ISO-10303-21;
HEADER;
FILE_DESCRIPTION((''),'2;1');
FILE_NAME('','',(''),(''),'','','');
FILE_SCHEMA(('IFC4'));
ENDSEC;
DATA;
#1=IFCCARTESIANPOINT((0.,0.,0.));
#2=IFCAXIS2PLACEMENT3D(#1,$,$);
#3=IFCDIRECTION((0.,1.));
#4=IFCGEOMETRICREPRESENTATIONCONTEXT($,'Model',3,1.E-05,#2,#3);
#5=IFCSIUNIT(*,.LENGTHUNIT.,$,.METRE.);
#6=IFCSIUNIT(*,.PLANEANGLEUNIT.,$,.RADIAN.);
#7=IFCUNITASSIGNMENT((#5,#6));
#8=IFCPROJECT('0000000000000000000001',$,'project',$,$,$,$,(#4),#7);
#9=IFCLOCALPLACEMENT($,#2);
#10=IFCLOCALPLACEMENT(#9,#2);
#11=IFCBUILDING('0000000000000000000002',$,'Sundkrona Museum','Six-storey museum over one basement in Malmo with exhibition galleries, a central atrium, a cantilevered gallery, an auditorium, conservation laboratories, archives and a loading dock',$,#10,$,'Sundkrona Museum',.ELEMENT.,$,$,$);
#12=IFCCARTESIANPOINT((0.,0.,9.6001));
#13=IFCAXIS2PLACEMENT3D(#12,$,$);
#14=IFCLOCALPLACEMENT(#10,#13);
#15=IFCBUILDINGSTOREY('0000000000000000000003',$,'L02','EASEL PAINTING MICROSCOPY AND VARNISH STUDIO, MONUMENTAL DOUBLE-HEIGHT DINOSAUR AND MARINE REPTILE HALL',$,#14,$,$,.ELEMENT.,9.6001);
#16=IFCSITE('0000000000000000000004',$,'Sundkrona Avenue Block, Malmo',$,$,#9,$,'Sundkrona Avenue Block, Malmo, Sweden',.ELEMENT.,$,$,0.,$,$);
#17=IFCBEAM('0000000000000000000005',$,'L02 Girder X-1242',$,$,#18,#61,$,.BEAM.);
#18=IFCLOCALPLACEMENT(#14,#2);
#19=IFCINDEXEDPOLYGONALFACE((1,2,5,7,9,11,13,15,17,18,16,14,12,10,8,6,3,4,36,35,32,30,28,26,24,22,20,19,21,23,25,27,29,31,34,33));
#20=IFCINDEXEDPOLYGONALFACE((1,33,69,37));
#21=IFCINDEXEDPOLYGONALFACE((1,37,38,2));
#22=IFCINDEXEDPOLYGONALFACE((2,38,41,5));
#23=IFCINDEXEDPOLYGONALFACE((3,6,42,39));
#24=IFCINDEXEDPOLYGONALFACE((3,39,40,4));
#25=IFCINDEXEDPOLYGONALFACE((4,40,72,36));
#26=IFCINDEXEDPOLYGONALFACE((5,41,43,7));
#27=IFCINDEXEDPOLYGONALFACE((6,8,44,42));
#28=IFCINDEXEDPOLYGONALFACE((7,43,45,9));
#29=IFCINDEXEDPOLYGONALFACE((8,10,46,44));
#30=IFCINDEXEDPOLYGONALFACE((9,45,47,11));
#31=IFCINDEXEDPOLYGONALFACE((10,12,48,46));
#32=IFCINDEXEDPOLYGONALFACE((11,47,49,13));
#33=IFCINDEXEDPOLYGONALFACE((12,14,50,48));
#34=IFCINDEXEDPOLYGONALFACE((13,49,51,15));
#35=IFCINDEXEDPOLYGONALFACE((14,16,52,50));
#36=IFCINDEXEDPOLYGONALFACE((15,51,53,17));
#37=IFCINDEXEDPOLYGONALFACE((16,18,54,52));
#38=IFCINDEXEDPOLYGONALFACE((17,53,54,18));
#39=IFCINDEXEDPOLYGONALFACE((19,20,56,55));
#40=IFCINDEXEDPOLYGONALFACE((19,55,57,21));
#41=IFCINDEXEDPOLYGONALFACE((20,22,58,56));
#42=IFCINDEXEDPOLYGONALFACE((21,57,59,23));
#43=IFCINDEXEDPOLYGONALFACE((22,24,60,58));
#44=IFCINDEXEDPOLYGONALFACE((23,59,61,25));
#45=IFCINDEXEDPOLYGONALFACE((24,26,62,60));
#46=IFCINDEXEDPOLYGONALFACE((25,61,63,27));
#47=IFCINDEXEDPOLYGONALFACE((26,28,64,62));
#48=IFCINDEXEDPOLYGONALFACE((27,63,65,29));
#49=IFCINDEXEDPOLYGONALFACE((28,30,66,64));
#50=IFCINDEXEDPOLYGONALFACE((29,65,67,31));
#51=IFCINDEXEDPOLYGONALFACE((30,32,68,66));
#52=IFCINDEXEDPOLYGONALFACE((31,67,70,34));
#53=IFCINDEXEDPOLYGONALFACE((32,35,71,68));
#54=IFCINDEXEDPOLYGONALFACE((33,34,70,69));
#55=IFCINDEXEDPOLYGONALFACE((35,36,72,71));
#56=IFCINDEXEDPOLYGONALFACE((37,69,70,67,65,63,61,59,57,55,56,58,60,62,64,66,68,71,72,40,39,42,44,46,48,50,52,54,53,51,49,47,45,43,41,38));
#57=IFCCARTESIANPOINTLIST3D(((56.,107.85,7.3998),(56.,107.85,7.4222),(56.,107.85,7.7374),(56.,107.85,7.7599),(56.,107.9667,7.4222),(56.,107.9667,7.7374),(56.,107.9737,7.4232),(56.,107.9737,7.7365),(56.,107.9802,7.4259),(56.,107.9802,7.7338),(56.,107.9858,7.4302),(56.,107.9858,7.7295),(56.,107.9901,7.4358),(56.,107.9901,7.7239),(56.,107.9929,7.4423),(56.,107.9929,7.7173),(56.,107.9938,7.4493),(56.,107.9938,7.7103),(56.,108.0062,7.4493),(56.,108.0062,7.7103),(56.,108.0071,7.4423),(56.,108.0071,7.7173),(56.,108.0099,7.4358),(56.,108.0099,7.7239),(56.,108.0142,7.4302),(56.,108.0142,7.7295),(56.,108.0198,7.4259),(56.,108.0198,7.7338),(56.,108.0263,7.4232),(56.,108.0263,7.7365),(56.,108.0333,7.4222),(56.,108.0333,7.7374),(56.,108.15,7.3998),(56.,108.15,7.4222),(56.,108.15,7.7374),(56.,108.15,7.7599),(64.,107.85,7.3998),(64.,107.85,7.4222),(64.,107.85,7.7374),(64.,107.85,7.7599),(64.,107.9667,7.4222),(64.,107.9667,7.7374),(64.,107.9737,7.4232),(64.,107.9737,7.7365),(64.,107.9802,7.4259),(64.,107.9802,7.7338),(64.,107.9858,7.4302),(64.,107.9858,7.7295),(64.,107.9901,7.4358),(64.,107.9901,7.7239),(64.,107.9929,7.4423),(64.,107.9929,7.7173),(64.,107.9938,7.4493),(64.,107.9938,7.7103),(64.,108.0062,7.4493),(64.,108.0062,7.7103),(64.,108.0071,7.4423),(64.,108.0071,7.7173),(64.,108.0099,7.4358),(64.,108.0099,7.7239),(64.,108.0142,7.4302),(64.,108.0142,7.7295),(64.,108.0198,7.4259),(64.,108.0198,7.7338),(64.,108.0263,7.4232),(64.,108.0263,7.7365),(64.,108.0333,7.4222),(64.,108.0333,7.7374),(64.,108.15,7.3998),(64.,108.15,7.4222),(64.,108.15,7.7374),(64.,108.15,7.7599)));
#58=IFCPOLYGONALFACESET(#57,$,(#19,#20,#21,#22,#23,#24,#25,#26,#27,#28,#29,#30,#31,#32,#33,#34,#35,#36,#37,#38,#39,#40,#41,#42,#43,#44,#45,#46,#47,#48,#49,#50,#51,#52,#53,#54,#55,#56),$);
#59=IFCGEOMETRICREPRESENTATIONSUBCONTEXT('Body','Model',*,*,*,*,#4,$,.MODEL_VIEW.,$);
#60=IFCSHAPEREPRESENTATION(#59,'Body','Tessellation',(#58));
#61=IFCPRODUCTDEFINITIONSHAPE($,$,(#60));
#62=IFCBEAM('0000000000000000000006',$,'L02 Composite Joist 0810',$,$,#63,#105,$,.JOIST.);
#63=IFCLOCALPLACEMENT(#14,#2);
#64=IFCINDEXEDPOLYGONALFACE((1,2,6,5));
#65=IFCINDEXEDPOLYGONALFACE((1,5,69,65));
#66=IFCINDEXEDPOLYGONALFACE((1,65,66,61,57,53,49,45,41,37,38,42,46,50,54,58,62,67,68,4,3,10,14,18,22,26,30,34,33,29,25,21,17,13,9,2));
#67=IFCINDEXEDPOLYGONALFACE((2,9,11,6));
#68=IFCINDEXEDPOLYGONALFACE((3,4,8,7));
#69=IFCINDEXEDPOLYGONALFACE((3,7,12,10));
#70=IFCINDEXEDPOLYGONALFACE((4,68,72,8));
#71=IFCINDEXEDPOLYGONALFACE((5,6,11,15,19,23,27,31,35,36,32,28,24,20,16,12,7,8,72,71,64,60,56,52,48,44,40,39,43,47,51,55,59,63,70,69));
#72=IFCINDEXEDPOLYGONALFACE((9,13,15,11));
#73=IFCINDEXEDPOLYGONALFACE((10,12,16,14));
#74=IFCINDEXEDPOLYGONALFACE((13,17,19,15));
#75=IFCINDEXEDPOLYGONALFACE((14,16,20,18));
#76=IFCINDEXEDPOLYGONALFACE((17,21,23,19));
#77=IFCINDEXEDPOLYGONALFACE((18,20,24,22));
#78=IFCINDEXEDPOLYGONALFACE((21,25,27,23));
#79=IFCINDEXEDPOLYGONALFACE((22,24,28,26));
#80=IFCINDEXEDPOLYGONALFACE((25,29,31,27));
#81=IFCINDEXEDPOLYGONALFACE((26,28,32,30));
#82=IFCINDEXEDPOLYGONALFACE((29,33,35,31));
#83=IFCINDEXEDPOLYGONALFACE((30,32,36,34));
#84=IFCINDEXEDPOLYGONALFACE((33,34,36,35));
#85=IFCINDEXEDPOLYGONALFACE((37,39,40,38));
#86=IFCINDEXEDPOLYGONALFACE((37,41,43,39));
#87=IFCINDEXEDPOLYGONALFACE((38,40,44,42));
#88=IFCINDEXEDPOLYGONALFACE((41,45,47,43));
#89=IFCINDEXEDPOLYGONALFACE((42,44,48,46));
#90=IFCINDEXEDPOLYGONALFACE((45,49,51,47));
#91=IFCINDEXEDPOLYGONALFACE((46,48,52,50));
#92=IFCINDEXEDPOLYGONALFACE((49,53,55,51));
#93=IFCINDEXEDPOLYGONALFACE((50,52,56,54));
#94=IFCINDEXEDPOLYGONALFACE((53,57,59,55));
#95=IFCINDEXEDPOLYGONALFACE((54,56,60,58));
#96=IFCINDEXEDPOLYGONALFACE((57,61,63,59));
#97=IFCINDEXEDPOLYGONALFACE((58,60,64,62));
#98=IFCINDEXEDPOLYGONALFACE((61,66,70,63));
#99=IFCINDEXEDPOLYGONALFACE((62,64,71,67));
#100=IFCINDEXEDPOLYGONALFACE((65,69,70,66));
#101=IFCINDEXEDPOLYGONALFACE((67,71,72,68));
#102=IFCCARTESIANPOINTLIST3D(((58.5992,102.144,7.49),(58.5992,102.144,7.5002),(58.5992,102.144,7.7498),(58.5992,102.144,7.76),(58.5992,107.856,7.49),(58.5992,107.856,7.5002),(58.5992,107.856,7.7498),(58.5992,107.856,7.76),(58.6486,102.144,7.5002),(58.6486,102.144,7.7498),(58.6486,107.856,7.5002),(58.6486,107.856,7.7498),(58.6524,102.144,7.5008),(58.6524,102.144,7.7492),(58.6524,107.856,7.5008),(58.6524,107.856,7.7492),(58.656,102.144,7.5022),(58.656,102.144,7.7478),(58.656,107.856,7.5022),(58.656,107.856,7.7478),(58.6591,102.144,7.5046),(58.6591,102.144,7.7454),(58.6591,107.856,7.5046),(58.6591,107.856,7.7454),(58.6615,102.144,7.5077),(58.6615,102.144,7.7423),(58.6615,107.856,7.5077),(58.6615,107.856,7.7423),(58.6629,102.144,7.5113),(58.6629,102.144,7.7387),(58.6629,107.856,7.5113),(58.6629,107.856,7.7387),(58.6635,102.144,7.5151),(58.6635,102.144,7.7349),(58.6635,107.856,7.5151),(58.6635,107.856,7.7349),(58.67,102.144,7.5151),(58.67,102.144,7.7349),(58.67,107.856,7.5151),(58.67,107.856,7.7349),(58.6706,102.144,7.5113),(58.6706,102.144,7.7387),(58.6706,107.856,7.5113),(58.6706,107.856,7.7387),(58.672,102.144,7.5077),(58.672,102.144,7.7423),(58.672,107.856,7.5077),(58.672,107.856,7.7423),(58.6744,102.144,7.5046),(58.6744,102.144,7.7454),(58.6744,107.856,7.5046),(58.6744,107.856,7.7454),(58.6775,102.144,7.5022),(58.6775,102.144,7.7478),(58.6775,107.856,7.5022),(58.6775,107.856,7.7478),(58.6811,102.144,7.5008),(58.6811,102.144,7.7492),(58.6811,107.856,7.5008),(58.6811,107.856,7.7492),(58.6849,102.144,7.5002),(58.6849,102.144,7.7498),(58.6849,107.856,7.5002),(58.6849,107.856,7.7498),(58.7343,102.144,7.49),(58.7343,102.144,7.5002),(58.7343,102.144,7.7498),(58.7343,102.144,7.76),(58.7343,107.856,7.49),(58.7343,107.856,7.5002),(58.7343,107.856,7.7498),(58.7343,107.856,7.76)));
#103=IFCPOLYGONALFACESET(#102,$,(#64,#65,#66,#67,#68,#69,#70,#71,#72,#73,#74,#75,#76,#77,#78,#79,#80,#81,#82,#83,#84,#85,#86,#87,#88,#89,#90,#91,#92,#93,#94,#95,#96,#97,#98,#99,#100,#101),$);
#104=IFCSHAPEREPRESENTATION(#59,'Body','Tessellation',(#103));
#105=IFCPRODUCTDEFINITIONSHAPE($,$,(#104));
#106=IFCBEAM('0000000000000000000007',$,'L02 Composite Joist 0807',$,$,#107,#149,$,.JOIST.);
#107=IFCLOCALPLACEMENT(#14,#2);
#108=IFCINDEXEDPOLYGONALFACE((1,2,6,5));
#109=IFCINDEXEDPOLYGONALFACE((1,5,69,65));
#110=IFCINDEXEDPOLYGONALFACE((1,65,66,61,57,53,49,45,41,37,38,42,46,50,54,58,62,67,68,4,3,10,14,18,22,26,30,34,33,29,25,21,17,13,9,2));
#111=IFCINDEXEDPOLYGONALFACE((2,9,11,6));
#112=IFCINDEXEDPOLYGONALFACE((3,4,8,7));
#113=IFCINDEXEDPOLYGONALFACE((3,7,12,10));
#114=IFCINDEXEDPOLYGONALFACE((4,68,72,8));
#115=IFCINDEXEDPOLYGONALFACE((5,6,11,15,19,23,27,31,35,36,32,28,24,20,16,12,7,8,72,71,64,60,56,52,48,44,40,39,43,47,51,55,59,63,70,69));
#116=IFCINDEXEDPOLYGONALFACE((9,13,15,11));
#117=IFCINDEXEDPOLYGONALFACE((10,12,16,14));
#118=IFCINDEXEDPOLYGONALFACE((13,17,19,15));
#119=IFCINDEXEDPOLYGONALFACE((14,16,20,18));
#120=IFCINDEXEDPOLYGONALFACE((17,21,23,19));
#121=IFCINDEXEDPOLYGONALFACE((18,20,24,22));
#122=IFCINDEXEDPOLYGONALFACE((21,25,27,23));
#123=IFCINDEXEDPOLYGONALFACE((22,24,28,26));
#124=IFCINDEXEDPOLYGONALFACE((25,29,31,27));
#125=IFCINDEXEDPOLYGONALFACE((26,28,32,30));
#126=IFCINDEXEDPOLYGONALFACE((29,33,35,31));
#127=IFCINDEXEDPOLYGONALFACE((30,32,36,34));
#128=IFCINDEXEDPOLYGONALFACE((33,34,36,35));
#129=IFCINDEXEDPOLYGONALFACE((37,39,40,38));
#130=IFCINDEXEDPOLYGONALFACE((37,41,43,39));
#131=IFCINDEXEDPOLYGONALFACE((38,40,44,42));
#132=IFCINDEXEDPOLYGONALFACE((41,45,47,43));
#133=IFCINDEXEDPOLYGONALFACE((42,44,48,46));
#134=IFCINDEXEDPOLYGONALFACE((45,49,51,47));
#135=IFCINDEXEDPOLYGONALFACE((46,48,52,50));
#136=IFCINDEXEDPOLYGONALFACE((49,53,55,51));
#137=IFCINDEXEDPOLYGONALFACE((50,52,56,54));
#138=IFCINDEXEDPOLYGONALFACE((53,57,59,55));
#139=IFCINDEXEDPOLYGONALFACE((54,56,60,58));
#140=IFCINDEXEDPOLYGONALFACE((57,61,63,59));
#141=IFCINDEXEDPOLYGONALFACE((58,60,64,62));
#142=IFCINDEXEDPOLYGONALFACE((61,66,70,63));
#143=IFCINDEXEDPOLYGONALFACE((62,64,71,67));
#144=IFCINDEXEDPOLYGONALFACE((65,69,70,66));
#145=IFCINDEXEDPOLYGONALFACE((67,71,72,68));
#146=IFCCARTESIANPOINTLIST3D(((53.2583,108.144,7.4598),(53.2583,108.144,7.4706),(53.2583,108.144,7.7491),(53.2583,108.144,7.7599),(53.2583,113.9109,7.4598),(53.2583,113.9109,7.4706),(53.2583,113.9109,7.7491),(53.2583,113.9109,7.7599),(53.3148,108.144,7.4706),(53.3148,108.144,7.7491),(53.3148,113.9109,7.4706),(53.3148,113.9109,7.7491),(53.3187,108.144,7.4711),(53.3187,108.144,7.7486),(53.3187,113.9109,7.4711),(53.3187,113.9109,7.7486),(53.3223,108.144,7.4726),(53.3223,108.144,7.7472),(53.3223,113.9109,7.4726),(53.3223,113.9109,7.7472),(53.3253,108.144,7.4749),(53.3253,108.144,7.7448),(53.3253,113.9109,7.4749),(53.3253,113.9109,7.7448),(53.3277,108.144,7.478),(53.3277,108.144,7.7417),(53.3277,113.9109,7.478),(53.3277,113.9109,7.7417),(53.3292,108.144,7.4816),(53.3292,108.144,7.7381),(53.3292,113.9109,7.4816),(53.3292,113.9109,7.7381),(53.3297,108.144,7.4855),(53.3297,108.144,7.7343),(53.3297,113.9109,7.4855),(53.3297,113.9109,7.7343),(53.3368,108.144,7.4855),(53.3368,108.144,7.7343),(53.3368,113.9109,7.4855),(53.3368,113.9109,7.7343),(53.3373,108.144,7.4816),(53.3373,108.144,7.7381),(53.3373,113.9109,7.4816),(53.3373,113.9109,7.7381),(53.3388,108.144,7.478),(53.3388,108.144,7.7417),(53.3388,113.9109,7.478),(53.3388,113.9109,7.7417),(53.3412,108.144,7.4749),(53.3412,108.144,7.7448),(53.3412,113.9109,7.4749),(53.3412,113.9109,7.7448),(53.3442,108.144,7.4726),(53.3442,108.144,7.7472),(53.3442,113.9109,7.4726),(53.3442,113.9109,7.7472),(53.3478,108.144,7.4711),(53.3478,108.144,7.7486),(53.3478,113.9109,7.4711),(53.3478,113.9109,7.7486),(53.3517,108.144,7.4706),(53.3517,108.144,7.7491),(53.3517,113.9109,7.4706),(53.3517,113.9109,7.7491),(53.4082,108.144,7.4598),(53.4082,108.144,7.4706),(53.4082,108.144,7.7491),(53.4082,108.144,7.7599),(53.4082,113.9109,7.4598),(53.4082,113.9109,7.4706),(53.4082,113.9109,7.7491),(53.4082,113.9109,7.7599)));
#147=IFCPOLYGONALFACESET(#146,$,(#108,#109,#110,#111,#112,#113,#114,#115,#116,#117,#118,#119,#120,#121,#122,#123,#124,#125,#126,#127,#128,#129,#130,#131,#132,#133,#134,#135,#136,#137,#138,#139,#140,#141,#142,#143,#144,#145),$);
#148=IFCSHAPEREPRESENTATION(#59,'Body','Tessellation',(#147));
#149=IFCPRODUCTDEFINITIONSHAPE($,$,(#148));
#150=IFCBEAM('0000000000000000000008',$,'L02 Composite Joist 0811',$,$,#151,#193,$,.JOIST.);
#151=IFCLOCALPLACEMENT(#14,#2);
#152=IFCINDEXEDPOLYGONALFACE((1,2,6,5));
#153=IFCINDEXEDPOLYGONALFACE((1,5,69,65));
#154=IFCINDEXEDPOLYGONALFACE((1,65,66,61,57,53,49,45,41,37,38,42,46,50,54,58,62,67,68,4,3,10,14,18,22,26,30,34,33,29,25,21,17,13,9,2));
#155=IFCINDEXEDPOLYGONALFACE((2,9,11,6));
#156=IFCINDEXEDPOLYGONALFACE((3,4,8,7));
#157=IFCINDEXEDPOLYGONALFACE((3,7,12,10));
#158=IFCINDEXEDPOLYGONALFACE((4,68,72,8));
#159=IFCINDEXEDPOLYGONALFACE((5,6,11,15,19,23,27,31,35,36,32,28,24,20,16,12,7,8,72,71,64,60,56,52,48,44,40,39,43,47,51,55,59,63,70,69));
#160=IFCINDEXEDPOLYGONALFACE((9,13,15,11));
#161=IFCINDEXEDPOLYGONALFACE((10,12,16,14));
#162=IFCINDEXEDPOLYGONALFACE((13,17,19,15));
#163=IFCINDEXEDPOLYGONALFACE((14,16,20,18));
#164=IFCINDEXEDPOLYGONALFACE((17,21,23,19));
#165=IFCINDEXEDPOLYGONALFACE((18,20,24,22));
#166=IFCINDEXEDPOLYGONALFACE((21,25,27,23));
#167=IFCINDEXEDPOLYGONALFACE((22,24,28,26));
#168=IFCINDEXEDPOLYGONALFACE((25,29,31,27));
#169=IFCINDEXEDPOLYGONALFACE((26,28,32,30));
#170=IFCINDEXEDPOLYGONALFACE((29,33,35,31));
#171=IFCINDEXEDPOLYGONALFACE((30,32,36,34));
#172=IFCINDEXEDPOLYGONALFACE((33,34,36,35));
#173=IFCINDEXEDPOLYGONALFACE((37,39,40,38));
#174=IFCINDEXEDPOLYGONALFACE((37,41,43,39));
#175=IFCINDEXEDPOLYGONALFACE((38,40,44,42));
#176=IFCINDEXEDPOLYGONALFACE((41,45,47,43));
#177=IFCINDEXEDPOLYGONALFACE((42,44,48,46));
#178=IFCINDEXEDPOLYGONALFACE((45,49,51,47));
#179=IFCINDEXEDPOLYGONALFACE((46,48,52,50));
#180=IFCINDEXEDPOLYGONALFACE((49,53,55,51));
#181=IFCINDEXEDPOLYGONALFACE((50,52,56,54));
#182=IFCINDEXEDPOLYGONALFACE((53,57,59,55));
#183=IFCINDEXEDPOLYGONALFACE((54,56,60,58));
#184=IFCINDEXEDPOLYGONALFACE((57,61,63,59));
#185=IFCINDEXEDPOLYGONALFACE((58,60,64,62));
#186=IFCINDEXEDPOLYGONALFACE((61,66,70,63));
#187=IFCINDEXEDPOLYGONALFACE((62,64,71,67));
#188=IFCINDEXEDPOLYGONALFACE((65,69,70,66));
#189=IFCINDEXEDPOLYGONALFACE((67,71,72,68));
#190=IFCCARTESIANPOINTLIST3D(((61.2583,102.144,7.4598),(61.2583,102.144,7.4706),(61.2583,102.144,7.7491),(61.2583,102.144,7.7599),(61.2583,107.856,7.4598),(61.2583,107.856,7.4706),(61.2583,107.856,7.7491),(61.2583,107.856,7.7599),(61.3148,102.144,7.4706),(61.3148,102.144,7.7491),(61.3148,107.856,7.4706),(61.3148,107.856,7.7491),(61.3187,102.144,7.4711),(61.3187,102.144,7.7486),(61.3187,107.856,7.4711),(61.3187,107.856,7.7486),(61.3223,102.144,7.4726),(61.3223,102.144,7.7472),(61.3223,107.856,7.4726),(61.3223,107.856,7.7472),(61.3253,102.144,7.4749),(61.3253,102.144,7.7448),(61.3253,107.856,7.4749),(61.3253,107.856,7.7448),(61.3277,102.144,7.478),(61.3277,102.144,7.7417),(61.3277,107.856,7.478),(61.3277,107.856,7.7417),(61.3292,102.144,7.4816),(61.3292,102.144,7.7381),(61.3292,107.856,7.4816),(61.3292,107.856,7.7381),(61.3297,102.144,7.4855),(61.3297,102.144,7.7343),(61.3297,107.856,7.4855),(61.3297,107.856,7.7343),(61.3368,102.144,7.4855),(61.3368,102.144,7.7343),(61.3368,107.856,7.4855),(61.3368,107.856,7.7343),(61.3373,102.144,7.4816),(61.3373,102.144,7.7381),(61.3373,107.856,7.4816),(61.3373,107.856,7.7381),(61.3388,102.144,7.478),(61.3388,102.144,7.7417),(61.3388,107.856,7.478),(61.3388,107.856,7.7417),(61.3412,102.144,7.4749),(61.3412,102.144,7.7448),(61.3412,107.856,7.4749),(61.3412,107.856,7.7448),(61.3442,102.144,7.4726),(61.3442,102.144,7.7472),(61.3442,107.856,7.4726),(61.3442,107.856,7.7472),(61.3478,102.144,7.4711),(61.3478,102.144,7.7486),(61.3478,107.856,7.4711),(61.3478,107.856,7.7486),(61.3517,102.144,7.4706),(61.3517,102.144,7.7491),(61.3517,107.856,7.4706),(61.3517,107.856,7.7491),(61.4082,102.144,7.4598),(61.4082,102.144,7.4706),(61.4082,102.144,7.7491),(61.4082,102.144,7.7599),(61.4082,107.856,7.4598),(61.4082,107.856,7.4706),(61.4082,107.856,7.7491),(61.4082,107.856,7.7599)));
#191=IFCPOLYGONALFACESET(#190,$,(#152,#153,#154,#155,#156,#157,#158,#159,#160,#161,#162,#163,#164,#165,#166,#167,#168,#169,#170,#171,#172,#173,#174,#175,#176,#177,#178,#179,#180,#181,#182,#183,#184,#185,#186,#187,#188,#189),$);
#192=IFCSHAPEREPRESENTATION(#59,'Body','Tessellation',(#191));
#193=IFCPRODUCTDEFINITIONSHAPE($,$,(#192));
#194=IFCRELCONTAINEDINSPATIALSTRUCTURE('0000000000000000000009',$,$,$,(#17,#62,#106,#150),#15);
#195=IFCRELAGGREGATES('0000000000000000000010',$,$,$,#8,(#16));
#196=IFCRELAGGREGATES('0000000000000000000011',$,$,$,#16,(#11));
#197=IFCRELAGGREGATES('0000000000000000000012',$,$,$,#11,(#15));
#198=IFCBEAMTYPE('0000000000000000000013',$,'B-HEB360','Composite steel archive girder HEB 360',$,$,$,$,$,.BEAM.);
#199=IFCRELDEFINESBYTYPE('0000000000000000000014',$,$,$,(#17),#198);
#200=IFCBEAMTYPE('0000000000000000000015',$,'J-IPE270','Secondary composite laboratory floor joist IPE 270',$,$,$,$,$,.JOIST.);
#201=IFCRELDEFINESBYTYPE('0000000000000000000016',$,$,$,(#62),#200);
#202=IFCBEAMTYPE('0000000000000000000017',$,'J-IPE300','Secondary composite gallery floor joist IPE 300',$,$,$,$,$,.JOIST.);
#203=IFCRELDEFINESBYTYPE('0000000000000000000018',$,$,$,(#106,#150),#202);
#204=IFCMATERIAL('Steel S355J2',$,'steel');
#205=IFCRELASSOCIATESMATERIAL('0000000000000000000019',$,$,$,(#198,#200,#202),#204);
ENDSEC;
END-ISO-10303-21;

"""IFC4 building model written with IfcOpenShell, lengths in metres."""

from ifc_helpers import new_model, si_unit, direction, frame, origin, origin_2d, place, context, subcontext, project, spatial, i_section, extrude, material, material_profile, profile_set, type_object, element, save


model = new_model("IFC4")

# Units and contexts
model_context = context("Model", 3, precision=1e-05, world=origin(), true_north=direction((0.0, 1.0)))
body_context = subcontext(model_context, "Body", "Model", "MODEL_VIEW")
ifc_project = project(units=[si_unit("LENGTHUNIT", "METRE"), si_unit("PLANEANGLEUNIT", "RADIAN")], contexts=[model_context])

# Site, building, storey
site_placement = place(None, origin())
site = spatial("IfcSite", under=ifc_project, at=site_placement, Name="Sundkrona Avenue Block, Malmo", LongName="Sundkrona Avenue Block, Malmo, Sweden", CompositionType="ELEMENT", RefElevation=0.0)
building_placement = place(site_placement, origin())
building = spatial("IfcBuilding", under=site, at=building_placement, Name="Sundkrona Museum", Description="Six-storey museum over one basement in Malmo with exhibition galleries, a central atrium, a cantilevered gallery, an auditorium, conservation laboratories, archives and a loading dock", LongName="Sundkrona Museum", CompositionType="ELEMENT")
storey_placement = place(building_placement, frame((0.0, 0.0, 9.6001)))
storey = spatial("IfcBuildingStorey", under=building, at=storey_placement, Name="L02", Description="EASEL PAINTING MICROSCOPY AND VARNISH STUDIO, MONUMENTAL DOUBLE-HEIGHT DINOSAUR AND MARINE REPTILE HALL", CompositionType="ELEMENT", Elevation=9.6001)

# Shared definitions
ifc_material_1 = material(Name="Steel S355J2", Category="steel")

# Beams
ifc_material_profile_1 = material_profile(ifc_material_1, i_section(OverallWidth=0.3, OverallDepth=0.3601, WebThickness=0.0125, FlangeThickness=0.0225, FilletRadius=0.0271, at=origin_2d()), Name="HEB 360")
ifc_profile_set_1 = profile_set([ifc_material_profile_1], Name="Steel S355J2")
beam_type_1 = type_object("IfcBeamType", Name="B-HEB360", Description="Composite steel archive girder HEB 360", PredefinedType="BEAM", material=ifc_profile_set_1)
beam_1_placement = place(storey_placement, frame((56.0, 108.0, 7.5798), z_axis=(1.0, 0.0, 0.0), x_axis=(0.0, 1.0, 0.0)))
element("IfcBeam", 1, at=beam_1_placement, inside=storey, type_object=beam_type_1, Name="L02 Girder X-1242", PredefinedType="BEAM", context=body_context, shape_type="SweptSolid", body=[
    extrude(i_section(OverallWidth=0.3, OverallDepth=0.3601, WebThickness=0.0125, FlangeThickness=0.0225, FilletRadius=0.0271, at=origin_2d()), origin(), (0.0, 0.0, 1.0), 8.0),
])
ifc_material_profile_2 = material_profile(ifc_material_1, i_section(OverallWidth=0.135, OverallDepth=0.27, WebThickness=0.0066, FlangeThickness=0.0103, FilletRadius=0.0149, at=origin_2d()), Name="IPE 270")
ifc_profile_set_2 = profile_set([ifc_material_profile_2], Name="Steel S355J2")
beam_type_2 = type_object("IfcBeamType", Name="J-IPE270", Description="Secondary composite laboratory floor joist IPE 270", PredefinedType="JOIST", material=ifc_profile_set_2)
beam_2_placement = place(storey_placement, frame((58.6667, 102.144, 7.625), z_axis=(0.0, 1.0, 0.0), x_axis=(-1.0, 0.0, 0.0)))
element("IfcBeam", 2, at=beam_2_placement, inside=storey, type_object=beam_type_2, Name="L02 Composite Joist 0810", PredefinedType="JOIST", context=body_context, shape_type="SweptSolid", body=[
    extrude(i_section(OverallWidth=0.135, OverallDepth=0.27, WebThickness=0.0066, FlangeThickness=0.0103, FilletRadius=0.0149, at=origin_2d()), origin(), (0.0, 0.0, 1.0), 5.7119),
])
ifc_material_profile_3 = material_profile(ifc_material_1, i_section(OverallWidth=0.1499, OverallDepth=0.3, WebThickness=0.0071, FlangeThickness=0.0107, FilletRadius=0.0149, at=origin_2d()), Name="IPE 300")
ifc_profile_set_3 = profile_set([ifc_material_profile_3], Name="Steel S355J2")
beam_type_3 = type_object("IfcBeamType", Name="J-IPE300", Description="Secondary composite gallery floor joist IPE 300", PredefinedType="JOIST", material=ifc_profile_set_3)
beam_3_placement = place(storey_placement, frame((53.3333, 108.144, 7.6099), z_axis=(0.0, 1.0, 0.0), x_axis=(-1.0, 0.0, 0.0)))
element("IfcBeam", 3, at=beam_3_placement, inside=storey, type_object=beam_type_3, Name="L02 Composite Joist 0807", PredefinedType="JOIST", context=body_context, shape_type="SweptSolid", body=[
    extrude(i_section(OverallWidth=0.1499, OverallDepth=0.3, WebThickness=0.0071, FlangeThickness=0.0107, FilletRadius=0.0149, at=origin_2d()), origin(), (0.0, 0.0, 1.0), 5.7668),
])
beam_4_placement = place(storey_placement, frame((61.3333, 102.144, 7.6099), z_axis=(0.0, 1.0, 0.0), x_axis=(-1.0, 0.0, 0.0)))
element("IfcBeam", 4, at=beam_4_placement, inside=storey, type_object=beam_type_3, Name="L02 Composite Joist 0811", PredefinedType="JOIST", context=body_context, shape_type="SweptSolid", body=[
    extrude(i_section(OverallWidth=0.1499, OverallDepth=0.3, WebThickness=0.0071, FlangeThickness=0.0107, FilletRadius=0.0149, at=origin_2d()), origin(), (0.0, 0.0, 1.0), 5.7119),
])

save(model, "model.ifc")
